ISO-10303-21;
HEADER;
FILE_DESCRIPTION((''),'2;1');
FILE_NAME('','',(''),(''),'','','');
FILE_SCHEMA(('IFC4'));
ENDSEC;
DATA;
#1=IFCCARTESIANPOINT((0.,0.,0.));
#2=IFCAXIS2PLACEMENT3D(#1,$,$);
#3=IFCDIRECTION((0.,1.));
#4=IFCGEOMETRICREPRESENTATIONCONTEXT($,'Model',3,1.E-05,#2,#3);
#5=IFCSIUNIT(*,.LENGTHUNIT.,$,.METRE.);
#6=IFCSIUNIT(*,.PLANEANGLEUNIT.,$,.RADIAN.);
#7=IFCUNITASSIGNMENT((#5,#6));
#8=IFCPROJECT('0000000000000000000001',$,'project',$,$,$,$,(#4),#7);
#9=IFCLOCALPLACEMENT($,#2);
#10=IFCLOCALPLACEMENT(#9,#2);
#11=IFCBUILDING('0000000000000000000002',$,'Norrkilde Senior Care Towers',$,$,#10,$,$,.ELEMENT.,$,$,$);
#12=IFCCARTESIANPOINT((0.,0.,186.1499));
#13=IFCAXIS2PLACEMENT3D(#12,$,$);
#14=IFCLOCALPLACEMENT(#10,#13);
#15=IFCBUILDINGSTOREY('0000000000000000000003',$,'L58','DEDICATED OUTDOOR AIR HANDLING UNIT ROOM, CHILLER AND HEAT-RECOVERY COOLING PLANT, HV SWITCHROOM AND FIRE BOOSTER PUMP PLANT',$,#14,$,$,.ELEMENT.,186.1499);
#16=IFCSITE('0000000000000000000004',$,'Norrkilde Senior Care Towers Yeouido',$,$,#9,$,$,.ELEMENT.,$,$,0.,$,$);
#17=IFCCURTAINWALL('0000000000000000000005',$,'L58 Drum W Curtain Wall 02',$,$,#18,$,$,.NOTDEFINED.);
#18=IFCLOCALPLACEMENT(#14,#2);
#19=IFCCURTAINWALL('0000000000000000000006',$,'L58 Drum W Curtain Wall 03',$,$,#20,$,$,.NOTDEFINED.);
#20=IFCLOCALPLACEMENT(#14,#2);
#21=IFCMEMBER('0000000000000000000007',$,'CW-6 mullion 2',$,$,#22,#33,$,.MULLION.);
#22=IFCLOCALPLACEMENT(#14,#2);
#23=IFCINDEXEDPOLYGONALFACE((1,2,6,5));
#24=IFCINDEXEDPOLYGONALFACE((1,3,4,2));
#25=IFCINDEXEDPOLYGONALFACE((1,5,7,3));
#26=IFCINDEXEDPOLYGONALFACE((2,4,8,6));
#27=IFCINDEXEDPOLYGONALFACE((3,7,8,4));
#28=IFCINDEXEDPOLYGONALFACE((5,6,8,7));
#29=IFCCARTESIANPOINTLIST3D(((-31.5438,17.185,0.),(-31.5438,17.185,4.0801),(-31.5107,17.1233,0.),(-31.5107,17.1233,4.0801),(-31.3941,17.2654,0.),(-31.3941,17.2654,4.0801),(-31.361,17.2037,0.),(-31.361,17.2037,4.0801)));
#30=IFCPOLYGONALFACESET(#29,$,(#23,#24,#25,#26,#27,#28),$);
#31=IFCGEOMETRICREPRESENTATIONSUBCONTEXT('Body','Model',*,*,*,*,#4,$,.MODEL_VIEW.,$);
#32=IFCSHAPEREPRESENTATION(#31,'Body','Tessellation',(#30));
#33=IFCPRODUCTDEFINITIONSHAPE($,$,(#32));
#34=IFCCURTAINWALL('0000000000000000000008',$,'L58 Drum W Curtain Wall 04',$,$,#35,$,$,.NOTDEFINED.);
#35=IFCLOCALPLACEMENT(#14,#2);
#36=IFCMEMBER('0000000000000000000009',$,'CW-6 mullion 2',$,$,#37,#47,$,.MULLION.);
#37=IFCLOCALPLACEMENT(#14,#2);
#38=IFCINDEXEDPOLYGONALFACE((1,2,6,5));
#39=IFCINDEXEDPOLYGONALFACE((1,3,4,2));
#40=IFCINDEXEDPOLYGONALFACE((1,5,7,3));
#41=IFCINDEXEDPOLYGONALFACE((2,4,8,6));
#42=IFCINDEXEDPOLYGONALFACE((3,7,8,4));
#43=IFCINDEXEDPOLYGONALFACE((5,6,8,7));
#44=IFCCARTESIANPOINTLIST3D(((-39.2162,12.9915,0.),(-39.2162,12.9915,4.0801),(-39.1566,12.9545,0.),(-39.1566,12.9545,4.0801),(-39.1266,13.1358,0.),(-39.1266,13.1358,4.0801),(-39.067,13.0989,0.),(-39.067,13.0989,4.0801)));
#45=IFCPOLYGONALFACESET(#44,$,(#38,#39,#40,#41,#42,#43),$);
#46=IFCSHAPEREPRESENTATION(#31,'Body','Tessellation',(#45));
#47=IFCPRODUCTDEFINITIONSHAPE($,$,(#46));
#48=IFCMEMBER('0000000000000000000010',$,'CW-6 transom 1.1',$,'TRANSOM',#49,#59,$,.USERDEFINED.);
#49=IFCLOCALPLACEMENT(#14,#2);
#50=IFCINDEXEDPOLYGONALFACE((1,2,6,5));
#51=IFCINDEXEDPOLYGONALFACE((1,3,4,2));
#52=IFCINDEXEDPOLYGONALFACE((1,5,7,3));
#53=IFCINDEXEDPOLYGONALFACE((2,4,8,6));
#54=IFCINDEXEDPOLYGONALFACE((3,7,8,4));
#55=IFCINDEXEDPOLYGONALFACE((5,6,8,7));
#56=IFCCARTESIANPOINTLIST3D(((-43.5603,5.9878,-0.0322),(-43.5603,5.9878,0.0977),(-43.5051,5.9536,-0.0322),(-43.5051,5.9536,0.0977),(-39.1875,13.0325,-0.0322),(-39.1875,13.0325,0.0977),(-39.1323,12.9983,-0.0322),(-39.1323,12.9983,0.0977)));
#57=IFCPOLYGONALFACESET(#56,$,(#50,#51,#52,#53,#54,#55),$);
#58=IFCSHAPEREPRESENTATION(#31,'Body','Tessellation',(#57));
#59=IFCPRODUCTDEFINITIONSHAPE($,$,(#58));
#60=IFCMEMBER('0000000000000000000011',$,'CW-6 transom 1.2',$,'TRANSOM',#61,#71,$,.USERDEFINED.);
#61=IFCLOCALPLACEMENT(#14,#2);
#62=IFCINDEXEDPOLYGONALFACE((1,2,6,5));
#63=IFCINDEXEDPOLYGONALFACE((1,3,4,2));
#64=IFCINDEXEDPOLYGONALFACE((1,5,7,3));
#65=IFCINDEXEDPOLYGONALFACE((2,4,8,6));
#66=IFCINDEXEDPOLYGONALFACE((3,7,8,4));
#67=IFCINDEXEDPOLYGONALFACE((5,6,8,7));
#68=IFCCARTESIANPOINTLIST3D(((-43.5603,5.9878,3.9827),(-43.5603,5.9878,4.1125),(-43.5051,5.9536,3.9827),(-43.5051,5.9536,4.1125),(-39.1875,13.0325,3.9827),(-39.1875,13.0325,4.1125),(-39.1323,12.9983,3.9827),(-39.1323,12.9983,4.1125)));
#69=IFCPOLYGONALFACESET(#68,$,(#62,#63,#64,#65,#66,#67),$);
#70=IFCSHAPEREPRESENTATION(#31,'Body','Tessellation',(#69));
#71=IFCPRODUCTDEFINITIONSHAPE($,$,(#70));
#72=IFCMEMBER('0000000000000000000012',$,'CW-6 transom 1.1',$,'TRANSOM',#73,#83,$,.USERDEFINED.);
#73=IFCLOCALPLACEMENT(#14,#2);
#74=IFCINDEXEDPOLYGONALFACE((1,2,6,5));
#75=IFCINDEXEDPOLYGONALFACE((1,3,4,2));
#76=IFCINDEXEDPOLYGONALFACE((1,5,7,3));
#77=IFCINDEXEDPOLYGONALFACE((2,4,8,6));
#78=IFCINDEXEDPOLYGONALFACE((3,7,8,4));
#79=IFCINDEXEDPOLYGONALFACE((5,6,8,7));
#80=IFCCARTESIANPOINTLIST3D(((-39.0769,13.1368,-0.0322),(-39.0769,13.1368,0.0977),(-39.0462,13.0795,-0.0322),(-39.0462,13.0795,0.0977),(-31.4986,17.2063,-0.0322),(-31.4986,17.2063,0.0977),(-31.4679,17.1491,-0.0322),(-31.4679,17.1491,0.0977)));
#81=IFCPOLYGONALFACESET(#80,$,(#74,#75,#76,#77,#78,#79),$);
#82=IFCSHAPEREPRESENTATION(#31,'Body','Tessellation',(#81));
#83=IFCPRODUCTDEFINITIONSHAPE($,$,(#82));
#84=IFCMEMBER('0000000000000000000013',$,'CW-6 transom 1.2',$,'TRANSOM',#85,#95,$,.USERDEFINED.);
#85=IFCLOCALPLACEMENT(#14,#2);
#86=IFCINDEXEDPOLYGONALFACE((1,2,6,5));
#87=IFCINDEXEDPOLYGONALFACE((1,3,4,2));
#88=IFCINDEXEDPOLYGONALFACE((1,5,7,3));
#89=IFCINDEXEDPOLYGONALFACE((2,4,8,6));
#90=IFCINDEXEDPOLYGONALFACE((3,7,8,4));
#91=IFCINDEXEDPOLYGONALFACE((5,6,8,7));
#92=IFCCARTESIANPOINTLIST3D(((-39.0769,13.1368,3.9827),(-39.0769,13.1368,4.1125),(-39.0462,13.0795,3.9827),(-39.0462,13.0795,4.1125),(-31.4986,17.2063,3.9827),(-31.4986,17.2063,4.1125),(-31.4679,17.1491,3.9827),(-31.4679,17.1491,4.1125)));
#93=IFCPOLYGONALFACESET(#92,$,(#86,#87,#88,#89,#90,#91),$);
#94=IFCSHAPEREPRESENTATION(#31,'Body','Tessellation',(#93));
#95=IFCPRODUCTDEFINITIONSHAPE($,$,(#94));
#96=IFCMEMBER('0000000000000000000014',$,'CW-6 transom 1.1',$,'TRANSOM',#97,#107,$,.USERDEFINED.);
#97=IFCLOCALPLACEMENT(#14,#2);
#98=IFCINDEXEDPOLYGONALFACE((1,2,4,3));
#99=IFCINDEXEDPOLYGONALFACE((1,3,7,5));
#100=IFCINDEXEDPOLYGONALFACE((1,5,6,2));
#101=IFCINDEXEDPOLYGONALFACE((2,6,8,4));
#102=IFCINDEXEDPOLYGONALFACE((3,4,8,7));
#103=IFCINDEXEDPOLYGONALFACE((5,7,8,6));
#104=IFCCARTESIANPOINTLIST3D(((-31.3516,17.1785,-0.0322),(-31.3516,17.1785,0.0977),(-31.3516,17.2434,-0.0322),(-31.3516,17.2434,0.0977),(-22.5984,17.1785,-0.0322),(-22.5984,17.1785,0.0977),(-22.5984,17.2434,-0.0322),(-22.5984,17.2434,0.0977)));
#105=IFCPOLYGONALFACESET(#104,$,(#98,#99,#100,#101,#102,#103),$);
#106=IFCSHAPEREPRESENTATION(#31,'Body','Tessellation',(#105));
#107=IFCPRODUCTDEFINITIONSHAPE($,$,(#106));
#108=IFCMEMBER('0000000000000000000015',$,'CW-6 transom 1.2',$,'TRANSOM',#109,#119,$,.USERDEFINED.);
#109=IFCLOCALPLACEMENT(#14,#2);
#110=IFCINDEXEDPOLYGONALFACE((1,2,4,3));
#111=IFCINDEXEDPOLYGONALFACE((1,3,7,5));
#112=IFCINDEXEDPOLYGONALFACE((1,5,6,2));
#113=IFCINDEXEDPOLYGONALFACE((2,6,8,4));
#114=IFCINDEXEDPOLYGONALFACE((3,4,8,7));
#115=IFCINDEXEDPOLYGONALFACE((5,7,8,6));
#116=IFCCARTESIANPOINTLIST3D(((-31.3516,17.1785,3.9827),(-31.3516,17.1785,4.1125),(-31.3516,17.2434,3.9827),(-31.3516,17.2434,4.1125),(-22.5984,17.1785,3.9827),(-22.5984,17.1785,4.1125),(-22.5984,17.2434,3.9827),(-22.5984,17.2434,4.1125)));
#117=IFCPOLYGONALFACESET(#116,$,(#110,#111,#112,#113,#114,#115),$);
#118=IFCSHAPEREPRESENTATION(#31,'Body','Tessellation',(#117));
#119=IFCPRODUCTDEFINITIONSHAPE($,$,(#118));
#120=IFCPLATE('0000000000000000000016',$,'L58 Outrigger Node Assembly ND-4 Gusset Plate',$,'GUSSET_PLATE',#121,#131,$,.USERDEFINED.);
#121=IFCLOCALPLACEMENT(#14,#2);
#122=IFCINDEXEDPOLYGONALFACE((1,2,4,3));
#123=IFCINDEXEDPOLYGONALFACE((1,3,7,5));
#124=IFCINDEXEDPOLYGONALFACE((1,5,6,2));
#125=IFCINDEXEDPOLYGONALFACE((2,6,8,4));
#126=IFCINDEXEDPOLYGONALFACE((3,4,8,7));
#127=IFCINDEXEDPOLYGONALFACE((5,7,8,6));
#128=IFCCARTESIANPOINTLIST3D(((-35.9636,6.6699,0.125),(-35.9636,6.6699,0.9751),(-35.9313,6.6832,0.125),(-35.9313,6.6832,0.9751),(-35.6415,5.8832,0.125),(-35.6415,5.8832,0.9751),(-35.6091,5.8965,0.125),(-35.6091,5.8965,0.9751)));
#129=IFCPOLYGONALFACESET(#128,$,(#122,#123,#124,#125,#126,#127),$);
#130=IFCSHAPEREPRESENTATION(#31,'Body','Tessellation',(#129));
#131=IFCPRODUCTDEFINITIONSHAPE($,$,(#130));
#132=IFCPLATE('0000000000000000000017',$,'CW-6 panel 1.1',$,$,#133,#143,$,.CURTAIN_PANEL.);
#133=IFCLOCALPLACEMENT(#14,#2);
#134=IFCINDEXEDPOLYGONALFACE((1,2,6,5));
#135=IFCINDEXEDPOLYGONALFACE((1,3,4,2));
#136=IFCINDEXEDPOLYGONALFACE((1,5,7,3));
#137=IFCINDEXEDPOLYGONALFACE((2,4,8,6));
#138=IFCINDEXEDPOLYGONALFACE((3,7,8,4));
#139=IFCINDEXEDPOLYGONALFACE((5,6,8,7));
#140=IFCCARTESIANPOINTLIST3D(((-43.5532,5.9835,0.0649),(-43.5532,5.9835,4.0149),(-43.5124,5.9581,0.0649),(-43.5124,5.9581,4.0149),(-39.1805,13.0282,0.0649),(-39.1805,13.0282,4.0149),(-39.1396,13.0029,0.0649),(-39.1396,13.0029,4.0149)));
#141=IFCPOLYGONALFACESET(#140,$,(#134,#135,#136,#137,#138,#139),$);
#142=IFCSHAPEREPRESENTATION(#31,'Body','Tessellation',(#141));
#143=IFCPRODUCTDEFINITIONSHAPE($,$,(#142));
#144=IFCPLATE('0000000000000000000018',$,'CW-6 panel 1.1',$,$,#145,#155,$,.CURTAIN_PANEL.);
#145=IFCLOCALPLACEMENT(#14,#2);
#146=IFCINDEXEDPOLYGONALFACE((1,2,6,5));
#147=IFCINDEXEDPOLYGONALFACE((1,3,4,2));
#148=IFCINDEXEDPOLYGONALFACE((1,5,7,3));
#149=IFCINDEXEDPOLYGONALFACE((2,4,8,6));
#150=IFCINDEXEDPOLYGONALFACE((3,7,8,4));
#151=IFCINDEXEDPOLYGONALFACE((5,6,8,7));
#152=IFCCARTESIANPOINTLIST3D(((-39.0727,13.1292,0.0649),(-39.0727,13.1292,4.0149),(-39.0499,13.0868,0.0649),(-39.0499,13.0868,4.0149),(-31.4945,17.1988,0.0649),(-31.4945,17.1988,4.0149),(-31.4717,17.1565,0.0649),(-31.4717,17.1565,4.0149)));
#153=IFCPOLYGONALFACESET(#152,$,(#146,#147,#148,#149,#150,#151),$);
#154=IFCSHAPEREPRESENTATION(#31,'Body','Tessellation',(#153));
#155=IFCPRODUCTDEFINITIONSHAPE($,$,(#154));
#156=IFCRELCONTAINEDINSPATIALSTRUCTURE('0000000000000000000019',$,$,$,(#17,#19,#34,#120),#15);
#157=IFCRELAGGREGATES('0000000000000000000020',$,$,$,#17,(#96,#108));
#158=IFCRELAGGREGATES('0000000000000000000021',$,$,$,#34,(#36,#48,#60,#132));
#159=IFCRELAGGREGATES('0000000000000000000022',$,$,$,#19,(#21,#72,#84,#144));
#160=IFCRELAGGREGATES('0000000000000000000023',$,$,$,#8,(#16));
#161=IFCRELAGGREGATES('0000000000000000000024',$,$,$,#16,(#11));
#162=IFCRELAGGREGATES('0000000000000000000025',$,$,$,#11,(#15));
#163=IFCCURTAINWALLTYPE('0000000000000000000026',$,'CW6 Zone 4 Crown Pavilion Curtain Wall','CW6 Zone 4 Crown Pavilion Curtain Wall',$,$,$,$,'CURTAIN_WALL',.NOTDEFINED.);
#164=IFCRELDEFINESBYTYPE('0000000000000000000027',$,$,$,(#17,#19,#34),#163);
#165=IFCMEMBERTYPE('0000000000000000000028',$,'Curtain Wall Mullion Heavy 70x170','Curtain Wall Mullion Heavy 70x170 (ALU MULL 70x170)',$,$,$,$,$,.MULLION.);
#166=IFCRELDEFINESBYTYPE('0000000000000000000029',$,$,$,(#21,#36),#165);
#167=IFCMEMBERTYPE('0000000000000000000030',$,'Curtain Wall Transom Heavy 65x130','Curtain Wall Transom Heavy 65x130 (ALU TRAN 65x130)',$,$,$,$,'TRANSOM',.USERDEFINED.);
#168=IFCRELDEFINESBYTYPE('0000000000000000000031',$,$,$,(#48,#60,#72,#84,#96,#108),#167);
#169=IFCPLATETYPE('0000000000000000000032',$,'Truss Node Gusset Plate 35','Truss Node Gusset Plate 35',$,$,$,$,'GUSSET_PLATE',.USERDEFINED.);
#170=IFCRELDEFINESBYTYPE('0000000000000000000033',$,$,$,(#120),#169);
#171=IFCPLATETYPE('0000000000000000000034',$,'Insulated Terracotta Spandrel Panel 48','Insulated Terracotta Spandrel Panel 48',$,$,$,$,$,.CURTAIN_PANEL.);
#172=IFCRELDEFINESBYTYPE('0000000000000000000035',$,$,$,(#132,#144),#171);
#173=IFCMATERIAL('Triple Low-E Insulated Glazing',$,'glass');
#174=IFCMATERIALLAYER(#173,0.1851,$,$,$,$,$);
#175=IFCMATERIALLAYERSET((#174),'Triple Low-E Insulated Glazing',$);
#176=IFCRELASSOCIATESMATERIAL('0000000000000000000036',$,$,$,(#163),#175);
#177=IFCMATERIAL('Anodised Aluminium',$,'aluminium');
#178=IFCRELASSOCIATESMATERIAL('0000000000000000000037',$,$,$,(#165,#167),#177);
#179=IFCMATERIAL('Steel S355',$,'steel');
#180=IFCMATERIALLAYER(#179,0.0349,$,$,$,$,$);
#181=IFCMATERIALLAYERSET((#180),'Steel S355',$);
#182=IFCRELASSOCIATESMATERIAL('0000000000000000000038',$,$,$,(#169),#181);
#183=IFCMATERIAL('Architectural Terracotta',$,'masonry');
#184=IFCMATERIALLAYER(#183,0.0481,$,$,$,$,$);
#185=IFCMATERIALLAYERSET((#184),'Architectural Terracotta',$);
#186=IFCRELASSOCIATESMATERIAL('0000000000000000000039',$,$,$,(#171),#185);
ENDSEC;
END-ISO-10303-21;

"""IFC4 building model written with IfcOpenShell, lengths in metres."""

from ifc_helpers import new_model, si_unit, direction, frame, origin, origin_2d, place, context, subcontext, project, spatial, rectangle, extrude, source, transform, mapped, material, layer, layer_set, material_profile, profile_set, type_object, type_shapes, element, aggregate, save


model = new_model("IFC4")

# Units and contexts
model_context = context("Model", 3, precision=1e-05, world=origin(), true_north=direction((0.0, 1.0)))
body_context = subcontext(model_context, "Body", "Model", "MODEL_VIEW")
ifc_project = project(units=[si_unit("LENGTHUNIT", "METRE"), si_unit("PLANEANGLEUNIT", "RADIAN")], contexts=[model_context])

# Site, building, storey
site_placement = place(None, origin())
site = spatial("IfcSite", under=ifc_project, at=site_placement, Name="Norrkilde Senior Care Towers Yeouido", CompositionType="ELEMENT", RefElevation=0.0)
building_placement = place(site_placement, origin())
building = spatial("IfcBuilding", under=site, at=building_placement, Name="Norrkilde Senior Care Towers", CompositionType="ELEMENT")
storey_placement = place(building_placement, frame((0.0, 0.0, 186.1499)))
storey = spatial("IfcBuildingStorey", under=building, at=storey_placement, Name="L58", Description="DEDICATED OUTDOOR AIR HANDLING UNIT ROOM, CHILLER AND HEAT-RECOVERY COOLING PLANT, HV SWITCHROOM AND FIRE BOOSTER PUMP PLANT", CompositionType="ELEMENT", Elevation=186.1499)

# Shared definitions
ifc_material_1 = material(Name="Steel S355", Category="steel")

# Curtain wall
ifc_material_2 = material(Name="Triple Low-E Insulated Glazing", Category="glass")
ifc_layer_1 = layer(ifc_material_2, 0.1851)
ifc_layer_set_1 = layer_set([ifc_layer_1], Name="Triple Low-E Insulated Glazing")
curtain_wall_type = type_object("IfcCurtainWallType", Name="CW6 Zone 4 Crown Pavilion Curtain Wall", Description="CW6 Zone 4 Crown Pavilion Curtain Wall", ElementType="CURTAIN_WALL", PredefinedType="NOTDEFINED", material=ifc_layer_set_1)
curtain_wall_1_placement = place(storey_placement, origin())
curtain_wall_1 = element("IfcCurtainWall", 1, at=curtain_wall_1_placement, inside=storey, type_object=curtain_wall_type, Name="L58 Drum W Curtain Wall 02", PredefinedType="NOTDEFINED")
ifc_material_3 = material(Name="Anodised Aluminium", Category="aluminium")
ifc_material_profile_1 = material_profile(ifc_material_3, rectangle(XDim=0.0701, YDim=0.1699, at=origin_2d()), Name="ALU MULL 70x170")
ifc_profile_set_1 = profile_set([ifc_material_profile_1], Name="Anodised Aluminium")
member_type_1 = type_object("IfcMemberType", Name="Curtain Wall Mullion Heavy 70x170", Description="Curtain Wall Mullion Heavy 70x170 (ALU MULL 70x170)", PredefinedType="MULLION", material=ifc_profile_set_1)
shared_shape_1 = source(origin(), body_context, "Body", "SweptSolid", [
    extrude(rectangle(XDim=0.0701, YDim=0.1699, at=origin_2d()), origin(), (0.0, 0.0, 1.0), 4.0801),
])
type_shapes(member_type_1, [shared_shape_1])

# Curtain walls, members
curtain_wall_2_placement = place(storey_placement, origin())
curtain_wall_2 = element("IfcCurtainWall", 2, at=curtain_wall_2_placement, inside=storey, type_object=curtain_wall_type, Name="L58 Drum W Curtain Wall 03", PredefinedType="NOTDEFINED")
member_1_placement = place(storey_placement, frame((-31.4524, 17.1943, 0.0), z_axis=(0.0, 0.0, 1.0), x_axis=(-0.473117, 0.881, 0.0)))
member_1 = element("IfcMember", 3, at=member_1_placement, type_object=member_type_1, Name="CW-6 mullion 2", PredefinedType="MULLION", context=body_context, shape_type="MappedRepresentation", body=[
    mapped(shared_shape_1, transform((0.0, 0.0, 0.0), x_axis=(1.0, 0.0, 0.0), y_axis=(0.0, 1.0, 0.0), z_axis=(0.0, 0.0, 1.0), scale=1.0)),
])
curtain_wall_3_placement = place(storey_placement, origin())
curtain_wall_3 = element("IfcCurtainWall", 4, at=curtain_wall_3_placement, inside=storey, type_object=curtain_wall_type, Name="L58 Drum W Curtain Wall 04", PredefinedType="NOTDEFINED")
member_2_placement = place(storey_placement, frame((-39.1416, 13.0452, 0.0), z_axis=(0.0, 0.0, 1.0), x_axis=(-0.849634, 0.527373, 0.0)))
member_2 = element("IfcMember", 5, at=member_2_placement, type_object=member_type_1, Name="CW-6 mullion 2", PredefinedType="MULLION", context=body_context, shape_type="MappedRepresentation", body=[
    mapped(shared_shape_1, transform((0.0, 0.0, 0.0), x_axis=(1.0, 0.0, 0.0), y_axis=(0.0, 1.0, 0.0), z_axis=(0.0, 0.0, 1.0), scale=1.0)),
])
ifc_material_profile_2 = material_profile(ifc_material_3, rectangle(XDim=0.0649, YDim=0.1299, at=origin_2d()), Name="ALU TRAN 65x130")
ifc_profile_set_2 = profile_set([ifc_material_profile_2], Name="Anodised Aluminium")
member_type_2 = type_object("IfcMemberType", Name="Curtain Wall Transom Heavy 65x130", Description="Curtain Wall Transom Heavy 65x130 (ALU TRAN 65x130)", ElementType="TRANSOM", PredefinedType="USERDEFINED", material=ifc_profile_set_2)
shared_shape_2 = source(origin(), body_context, "Body", "SweptSolid", [
    extrude(rectangle(XDim=0.0649, YDim=0.1299, at=origin_2d()), origin(), (0.0, 0.0, 1.0), 8.2915),
])
member_3_placement = place(storey_placement, frame((-43.5327, 5.9707, 0.0327), z_axis=(0.527384, 0.849627, 0.0), x_axis=(-0.849627, 0.527384, 0.0)))
member_3 = element("IfcMember", 6, at=member_3_placement, type_object=member_type_2, Name="CW-6 transom 1.1", ObjectType="TRANSOM", PredefinedType="USERDEFINED", context=body_context, shape_type="MappedRepresentation", body=[
    mapped(shared_shape_2, transform((0.0, 0.0, 0.0), x_axis=(1.0, 0.0, 0.0), y_axis=(0.0, 1.0, 0.0), z_axis=(0.0, 0.0, 1.0), scale=1.0)),
])
member_4_placement = place(storey_placement, frame((-43.5327, 5.9707, 4.0476), z_axis=(0.527384, 0.849627, 0.0), x_axis=(-0.849627, 0.527384, 0.0)))
member_4 = element("IfcMember", 7, at=member_4_placement, type_object=member_type_2, Name="CW-6 transom 1.2", ObjectType="TRANSOM", PredefinedType="USERDEFINED", context=body_context, shape_type="MappedRepresentation", body=[
    mapped(shared_shape_2, transform((0.0, 0.0, 0.0), x_axis=(1.0, 0.0, 0.0), y_axis=(0.0, 1.0, 0.0), z_axis=(0.0, 0.0, 1.0), scale=1.0)),
])

# Members
shared_shape_3 = source(origin(), body_context, "Body", "SweptSolid", [
    extrude(rectangle(XDim=0.0649, YDim=0.1299, at=origin_2d()), origin(), (0.0, 0.0, 1.0), 8.6018),
])
member_5_placement = place(storey_placement, frame((-39.0615, 13.1082, 0.0327), z_axis=(0.881008, 0.473101, 0.0), x_axis=(-0.473101, 0.881008, 0.0)))
member_5 = element("IfcMember", 8, at=member_5_placement, type_object=member_type_2, Name="CW-6 transom 1.1", ObjectType="TRANSOM", PredefinedType="USERDEFINED", context=body_context, shape_type="MappedRepresentation", body=[
    mapped(shared_shape_3, transform((0.0, 0.0, 0.0), x_axis=(1.0, 0.0, 0.0), y_axis=(0.0, 1.0, 0.0), z_axis=(0.0, 0.0, 1.0), scale=1.0)),
])
member_6_placement = place(storey_placement, frame((-39.0615, 13.1082, 4.0476), z_axis=(0.881008, 0.473101, 0.0), x_axis=(-0.473101, 0.881008, 0.0)))
member_6 = element("IfcMember", 9, at=member_6_placement, type_object=member_type_2, Name="CW-6 transom 1.2", ObjectType="TRANSOM", PredefinedType="USERDEFINED", context=body_context, shape_type="MappedRepresentation", body=[
    mapped(shared_shape_3, transform((0.0, 0.0, 0.0), x_axis=(1.0, 0.0, 0.0), y_axis=(0.0, 1.0, 0.0), z_axis=(0.0, 0.0, 1.0), scale=1.0)),
])
shared_shape_4 = source(origin(), body_context, "Body", "SweptSolid", [
    extrude(rectangle(XDim=0.0649, YDim=0.1299, at=origin_2d()), origin(), (0.0, 0.0, 1.0), 8.7532),
])
type_shapes(member_type_2, [shared_shape_2, shared_shape_3, shared_shape_4])
member_7_placement = place(storey_placement, frame((-31.3516, 17.2109, 0.0327), z_axis=(1.0, 0.0, 0.0), x_axis=(0.0, 1.0, 0.0)))
member_7 = element("IfcMember", 10, at=member_7_placement, type_object=member_type_2, Name="CW-6 transom 1.1", ObjectType="TRANSOM", PredefinedType="USERDEFINED", context=body_context, shape_type="MappedRepresentation", body=[
    mapped(shared_shape_4, transform((0.0, 0.0, 0.0), x_axis=(1.0, 0.0, 0.0), y_axis=(0.0, 1.0, 0.0), z_axis=(0.0, 0.0, 1.0), scale=1.0)),
])
member_8_placement = place(storey_placement, frame((-31.3516, 17.2109, 4.0476), z_axis=(1.0, 0.0, 0.0), x_axis=(0.0, 1.0, 0.0)))
member_8 = element("IfcMember", 11, at=member_8_placement, type_object=member_type_2, Name="CW-6 transom 1.2", ObjectType="TRANSOM", PredefinedType="USERDEFINED", context=body_context, shape_type="MappedRepresentation", body=[
    mapped(shared_shape_4, transform((0.0, 0.0, 0.0), x_axis=(1.0, 0.0, 0.0), y_axis=(0.0, 1.0, 0.0), z_axis=(0.0, 0.0, 1.0), scale=1.0)),
])
aggregate(curtain_wall_1, [member_7, member_8])

# Plates
ifc_layer_2 = layer(ifc_material_1, 0.0349)
ifc_layer_set_2 = layer_set([ifc_layer_2], Name="Steel S355")
plate_type_1 = type_object("IfcPlateType", Name="Truss Node Gusset Plate 35", Description="Truss Node Gusset Plate 35", ElementType="GUSSET_PLATE", PredefinedType="USERDEFINED", material=ifc_layer_set_2)
shared_shape_5 = source(origin(), body_context, "Body", "SweptSolid", [
    extrude(rectangle(XDim=0.8501, YDim=0.0349, at=origin_2d()), origin(), (0.0, 0.0, 1.0), 0.8501),
])
type_shapes(plate_type_1, [shared_shape_5])
plate_1_placement = place(storey_placement, frame((-35.7864, 6.2832, 0.125), z_axis=(0.0, 0.0, 1.0), x_axis=(-0.37897, 0.925409, 0.0)))
element("IfcPlate", 12, at=plate_1_placement, inside=storey, type_object=plate_type_1, Name="L58 Outrigger Node Assembly ND-4 Gusset Plate", ObjectType="GUSSET_PLATE", PredefinedType="USERDEFINED", context=body_context, shape_type="MappedRepresentation", body=[
    mapped(shared_shape_5, transform((0.0, 0.0, 0.0), x_axis=(1.0, 0.0, 0.0), y_axis=(0.0, 1.0, 0.0), z_axis=(0.0, 0.0, 1.0), scale=1.0)),
])
ifc_material_4 = material(Name="Architectural Terracotta", Category="masonry")
ifc_layer_3 = layer(ifc_material_4, 0.0481)
ifc_layer_set_3 = layer_set([ifc_layer_3], Name="Architectural Terracotta")
plate_type_2 = type_object("IfcPlateType", Name="Insulated Terracotta Spandrel Panel 48", Description="Insulated Terracotta Spandrel Panel 48", PredefinedType="CURTAIN_PANEL", material=ifc_layer_set_3)
shared_shape_6 = source(origin(), body_context, "Body", "SweptSolid", [
    extrude(rectangle(XDim=8.2915, YDim=0.0481, at=origin_2d()), origin(), (0.0, 0.0, 1.0), 3.95),
])
plate_2_placement = place(storey_placement, frame((-41.3464, 9.4932, 0.0649), z_axis=(0.0, 0.0, 1.0), x_axis=(0.527373, 0.849634, 0.0)))
plate_2 = element("IfcPlate", 13, at=plate_2_placement, type_object=plate_type_2, Name="CW-6 panel 1.1", PredefinedType="CURTAIN_PANEL", context=body_context, shape_type="MappedRepresentation", body=[
    mapped(shared_shape_6, transform((0.0, 0.0, 0.0), x_axis=(1.0, 0.0, 0.0), y_axis=(0.0, 1.0, 0.0), z_axis=(0.0, 0.0, 1.0), scale=1.0)),
])
aggregate(curtain_wall_3, [member_2, member_3, member_4, plate_2])
shared_shape_7 = source(origin(), body_context, "Body", "SweptSolid", [
    extrude(rectangle(XDim=8.6018, YDim=0.0481, at=origin_2d()), origin(), (0.0, 0.0, 1.0), 3.95),
])
type_shapes(plate_type_2, [shared_shape_6, shared_shape_7])
plate_3_placement = place(storey_placement, frame((-35.2722, 15.1428, 0.0649), z_axis=(0.0, 0.0, 1.0), x_axis=(0.881, 0.473117, 0.0)))
plate_3 = element("IfcPlate", 14, at=plate_3_placement, type_object=plate_type_2, Name="CW-6 panel 1.1", PredefinedType="CURTAIN_PANEL", context=body_context, shape_type="MappedRepresentation", body=[
    mapped(shared_shape_7, transform((0.0, 0.0, 0.0), x_axis=(1.0, 0.0, 0.0), y_axis=(0.0, 1.0, 0.0), z_axis=(0.0, 0.0, 1.0), scale=1.0)),
])
aggregate(curtain_wall_2, [member_1, member_5, member_6, plate_3])

save(model, "model.ifc")
